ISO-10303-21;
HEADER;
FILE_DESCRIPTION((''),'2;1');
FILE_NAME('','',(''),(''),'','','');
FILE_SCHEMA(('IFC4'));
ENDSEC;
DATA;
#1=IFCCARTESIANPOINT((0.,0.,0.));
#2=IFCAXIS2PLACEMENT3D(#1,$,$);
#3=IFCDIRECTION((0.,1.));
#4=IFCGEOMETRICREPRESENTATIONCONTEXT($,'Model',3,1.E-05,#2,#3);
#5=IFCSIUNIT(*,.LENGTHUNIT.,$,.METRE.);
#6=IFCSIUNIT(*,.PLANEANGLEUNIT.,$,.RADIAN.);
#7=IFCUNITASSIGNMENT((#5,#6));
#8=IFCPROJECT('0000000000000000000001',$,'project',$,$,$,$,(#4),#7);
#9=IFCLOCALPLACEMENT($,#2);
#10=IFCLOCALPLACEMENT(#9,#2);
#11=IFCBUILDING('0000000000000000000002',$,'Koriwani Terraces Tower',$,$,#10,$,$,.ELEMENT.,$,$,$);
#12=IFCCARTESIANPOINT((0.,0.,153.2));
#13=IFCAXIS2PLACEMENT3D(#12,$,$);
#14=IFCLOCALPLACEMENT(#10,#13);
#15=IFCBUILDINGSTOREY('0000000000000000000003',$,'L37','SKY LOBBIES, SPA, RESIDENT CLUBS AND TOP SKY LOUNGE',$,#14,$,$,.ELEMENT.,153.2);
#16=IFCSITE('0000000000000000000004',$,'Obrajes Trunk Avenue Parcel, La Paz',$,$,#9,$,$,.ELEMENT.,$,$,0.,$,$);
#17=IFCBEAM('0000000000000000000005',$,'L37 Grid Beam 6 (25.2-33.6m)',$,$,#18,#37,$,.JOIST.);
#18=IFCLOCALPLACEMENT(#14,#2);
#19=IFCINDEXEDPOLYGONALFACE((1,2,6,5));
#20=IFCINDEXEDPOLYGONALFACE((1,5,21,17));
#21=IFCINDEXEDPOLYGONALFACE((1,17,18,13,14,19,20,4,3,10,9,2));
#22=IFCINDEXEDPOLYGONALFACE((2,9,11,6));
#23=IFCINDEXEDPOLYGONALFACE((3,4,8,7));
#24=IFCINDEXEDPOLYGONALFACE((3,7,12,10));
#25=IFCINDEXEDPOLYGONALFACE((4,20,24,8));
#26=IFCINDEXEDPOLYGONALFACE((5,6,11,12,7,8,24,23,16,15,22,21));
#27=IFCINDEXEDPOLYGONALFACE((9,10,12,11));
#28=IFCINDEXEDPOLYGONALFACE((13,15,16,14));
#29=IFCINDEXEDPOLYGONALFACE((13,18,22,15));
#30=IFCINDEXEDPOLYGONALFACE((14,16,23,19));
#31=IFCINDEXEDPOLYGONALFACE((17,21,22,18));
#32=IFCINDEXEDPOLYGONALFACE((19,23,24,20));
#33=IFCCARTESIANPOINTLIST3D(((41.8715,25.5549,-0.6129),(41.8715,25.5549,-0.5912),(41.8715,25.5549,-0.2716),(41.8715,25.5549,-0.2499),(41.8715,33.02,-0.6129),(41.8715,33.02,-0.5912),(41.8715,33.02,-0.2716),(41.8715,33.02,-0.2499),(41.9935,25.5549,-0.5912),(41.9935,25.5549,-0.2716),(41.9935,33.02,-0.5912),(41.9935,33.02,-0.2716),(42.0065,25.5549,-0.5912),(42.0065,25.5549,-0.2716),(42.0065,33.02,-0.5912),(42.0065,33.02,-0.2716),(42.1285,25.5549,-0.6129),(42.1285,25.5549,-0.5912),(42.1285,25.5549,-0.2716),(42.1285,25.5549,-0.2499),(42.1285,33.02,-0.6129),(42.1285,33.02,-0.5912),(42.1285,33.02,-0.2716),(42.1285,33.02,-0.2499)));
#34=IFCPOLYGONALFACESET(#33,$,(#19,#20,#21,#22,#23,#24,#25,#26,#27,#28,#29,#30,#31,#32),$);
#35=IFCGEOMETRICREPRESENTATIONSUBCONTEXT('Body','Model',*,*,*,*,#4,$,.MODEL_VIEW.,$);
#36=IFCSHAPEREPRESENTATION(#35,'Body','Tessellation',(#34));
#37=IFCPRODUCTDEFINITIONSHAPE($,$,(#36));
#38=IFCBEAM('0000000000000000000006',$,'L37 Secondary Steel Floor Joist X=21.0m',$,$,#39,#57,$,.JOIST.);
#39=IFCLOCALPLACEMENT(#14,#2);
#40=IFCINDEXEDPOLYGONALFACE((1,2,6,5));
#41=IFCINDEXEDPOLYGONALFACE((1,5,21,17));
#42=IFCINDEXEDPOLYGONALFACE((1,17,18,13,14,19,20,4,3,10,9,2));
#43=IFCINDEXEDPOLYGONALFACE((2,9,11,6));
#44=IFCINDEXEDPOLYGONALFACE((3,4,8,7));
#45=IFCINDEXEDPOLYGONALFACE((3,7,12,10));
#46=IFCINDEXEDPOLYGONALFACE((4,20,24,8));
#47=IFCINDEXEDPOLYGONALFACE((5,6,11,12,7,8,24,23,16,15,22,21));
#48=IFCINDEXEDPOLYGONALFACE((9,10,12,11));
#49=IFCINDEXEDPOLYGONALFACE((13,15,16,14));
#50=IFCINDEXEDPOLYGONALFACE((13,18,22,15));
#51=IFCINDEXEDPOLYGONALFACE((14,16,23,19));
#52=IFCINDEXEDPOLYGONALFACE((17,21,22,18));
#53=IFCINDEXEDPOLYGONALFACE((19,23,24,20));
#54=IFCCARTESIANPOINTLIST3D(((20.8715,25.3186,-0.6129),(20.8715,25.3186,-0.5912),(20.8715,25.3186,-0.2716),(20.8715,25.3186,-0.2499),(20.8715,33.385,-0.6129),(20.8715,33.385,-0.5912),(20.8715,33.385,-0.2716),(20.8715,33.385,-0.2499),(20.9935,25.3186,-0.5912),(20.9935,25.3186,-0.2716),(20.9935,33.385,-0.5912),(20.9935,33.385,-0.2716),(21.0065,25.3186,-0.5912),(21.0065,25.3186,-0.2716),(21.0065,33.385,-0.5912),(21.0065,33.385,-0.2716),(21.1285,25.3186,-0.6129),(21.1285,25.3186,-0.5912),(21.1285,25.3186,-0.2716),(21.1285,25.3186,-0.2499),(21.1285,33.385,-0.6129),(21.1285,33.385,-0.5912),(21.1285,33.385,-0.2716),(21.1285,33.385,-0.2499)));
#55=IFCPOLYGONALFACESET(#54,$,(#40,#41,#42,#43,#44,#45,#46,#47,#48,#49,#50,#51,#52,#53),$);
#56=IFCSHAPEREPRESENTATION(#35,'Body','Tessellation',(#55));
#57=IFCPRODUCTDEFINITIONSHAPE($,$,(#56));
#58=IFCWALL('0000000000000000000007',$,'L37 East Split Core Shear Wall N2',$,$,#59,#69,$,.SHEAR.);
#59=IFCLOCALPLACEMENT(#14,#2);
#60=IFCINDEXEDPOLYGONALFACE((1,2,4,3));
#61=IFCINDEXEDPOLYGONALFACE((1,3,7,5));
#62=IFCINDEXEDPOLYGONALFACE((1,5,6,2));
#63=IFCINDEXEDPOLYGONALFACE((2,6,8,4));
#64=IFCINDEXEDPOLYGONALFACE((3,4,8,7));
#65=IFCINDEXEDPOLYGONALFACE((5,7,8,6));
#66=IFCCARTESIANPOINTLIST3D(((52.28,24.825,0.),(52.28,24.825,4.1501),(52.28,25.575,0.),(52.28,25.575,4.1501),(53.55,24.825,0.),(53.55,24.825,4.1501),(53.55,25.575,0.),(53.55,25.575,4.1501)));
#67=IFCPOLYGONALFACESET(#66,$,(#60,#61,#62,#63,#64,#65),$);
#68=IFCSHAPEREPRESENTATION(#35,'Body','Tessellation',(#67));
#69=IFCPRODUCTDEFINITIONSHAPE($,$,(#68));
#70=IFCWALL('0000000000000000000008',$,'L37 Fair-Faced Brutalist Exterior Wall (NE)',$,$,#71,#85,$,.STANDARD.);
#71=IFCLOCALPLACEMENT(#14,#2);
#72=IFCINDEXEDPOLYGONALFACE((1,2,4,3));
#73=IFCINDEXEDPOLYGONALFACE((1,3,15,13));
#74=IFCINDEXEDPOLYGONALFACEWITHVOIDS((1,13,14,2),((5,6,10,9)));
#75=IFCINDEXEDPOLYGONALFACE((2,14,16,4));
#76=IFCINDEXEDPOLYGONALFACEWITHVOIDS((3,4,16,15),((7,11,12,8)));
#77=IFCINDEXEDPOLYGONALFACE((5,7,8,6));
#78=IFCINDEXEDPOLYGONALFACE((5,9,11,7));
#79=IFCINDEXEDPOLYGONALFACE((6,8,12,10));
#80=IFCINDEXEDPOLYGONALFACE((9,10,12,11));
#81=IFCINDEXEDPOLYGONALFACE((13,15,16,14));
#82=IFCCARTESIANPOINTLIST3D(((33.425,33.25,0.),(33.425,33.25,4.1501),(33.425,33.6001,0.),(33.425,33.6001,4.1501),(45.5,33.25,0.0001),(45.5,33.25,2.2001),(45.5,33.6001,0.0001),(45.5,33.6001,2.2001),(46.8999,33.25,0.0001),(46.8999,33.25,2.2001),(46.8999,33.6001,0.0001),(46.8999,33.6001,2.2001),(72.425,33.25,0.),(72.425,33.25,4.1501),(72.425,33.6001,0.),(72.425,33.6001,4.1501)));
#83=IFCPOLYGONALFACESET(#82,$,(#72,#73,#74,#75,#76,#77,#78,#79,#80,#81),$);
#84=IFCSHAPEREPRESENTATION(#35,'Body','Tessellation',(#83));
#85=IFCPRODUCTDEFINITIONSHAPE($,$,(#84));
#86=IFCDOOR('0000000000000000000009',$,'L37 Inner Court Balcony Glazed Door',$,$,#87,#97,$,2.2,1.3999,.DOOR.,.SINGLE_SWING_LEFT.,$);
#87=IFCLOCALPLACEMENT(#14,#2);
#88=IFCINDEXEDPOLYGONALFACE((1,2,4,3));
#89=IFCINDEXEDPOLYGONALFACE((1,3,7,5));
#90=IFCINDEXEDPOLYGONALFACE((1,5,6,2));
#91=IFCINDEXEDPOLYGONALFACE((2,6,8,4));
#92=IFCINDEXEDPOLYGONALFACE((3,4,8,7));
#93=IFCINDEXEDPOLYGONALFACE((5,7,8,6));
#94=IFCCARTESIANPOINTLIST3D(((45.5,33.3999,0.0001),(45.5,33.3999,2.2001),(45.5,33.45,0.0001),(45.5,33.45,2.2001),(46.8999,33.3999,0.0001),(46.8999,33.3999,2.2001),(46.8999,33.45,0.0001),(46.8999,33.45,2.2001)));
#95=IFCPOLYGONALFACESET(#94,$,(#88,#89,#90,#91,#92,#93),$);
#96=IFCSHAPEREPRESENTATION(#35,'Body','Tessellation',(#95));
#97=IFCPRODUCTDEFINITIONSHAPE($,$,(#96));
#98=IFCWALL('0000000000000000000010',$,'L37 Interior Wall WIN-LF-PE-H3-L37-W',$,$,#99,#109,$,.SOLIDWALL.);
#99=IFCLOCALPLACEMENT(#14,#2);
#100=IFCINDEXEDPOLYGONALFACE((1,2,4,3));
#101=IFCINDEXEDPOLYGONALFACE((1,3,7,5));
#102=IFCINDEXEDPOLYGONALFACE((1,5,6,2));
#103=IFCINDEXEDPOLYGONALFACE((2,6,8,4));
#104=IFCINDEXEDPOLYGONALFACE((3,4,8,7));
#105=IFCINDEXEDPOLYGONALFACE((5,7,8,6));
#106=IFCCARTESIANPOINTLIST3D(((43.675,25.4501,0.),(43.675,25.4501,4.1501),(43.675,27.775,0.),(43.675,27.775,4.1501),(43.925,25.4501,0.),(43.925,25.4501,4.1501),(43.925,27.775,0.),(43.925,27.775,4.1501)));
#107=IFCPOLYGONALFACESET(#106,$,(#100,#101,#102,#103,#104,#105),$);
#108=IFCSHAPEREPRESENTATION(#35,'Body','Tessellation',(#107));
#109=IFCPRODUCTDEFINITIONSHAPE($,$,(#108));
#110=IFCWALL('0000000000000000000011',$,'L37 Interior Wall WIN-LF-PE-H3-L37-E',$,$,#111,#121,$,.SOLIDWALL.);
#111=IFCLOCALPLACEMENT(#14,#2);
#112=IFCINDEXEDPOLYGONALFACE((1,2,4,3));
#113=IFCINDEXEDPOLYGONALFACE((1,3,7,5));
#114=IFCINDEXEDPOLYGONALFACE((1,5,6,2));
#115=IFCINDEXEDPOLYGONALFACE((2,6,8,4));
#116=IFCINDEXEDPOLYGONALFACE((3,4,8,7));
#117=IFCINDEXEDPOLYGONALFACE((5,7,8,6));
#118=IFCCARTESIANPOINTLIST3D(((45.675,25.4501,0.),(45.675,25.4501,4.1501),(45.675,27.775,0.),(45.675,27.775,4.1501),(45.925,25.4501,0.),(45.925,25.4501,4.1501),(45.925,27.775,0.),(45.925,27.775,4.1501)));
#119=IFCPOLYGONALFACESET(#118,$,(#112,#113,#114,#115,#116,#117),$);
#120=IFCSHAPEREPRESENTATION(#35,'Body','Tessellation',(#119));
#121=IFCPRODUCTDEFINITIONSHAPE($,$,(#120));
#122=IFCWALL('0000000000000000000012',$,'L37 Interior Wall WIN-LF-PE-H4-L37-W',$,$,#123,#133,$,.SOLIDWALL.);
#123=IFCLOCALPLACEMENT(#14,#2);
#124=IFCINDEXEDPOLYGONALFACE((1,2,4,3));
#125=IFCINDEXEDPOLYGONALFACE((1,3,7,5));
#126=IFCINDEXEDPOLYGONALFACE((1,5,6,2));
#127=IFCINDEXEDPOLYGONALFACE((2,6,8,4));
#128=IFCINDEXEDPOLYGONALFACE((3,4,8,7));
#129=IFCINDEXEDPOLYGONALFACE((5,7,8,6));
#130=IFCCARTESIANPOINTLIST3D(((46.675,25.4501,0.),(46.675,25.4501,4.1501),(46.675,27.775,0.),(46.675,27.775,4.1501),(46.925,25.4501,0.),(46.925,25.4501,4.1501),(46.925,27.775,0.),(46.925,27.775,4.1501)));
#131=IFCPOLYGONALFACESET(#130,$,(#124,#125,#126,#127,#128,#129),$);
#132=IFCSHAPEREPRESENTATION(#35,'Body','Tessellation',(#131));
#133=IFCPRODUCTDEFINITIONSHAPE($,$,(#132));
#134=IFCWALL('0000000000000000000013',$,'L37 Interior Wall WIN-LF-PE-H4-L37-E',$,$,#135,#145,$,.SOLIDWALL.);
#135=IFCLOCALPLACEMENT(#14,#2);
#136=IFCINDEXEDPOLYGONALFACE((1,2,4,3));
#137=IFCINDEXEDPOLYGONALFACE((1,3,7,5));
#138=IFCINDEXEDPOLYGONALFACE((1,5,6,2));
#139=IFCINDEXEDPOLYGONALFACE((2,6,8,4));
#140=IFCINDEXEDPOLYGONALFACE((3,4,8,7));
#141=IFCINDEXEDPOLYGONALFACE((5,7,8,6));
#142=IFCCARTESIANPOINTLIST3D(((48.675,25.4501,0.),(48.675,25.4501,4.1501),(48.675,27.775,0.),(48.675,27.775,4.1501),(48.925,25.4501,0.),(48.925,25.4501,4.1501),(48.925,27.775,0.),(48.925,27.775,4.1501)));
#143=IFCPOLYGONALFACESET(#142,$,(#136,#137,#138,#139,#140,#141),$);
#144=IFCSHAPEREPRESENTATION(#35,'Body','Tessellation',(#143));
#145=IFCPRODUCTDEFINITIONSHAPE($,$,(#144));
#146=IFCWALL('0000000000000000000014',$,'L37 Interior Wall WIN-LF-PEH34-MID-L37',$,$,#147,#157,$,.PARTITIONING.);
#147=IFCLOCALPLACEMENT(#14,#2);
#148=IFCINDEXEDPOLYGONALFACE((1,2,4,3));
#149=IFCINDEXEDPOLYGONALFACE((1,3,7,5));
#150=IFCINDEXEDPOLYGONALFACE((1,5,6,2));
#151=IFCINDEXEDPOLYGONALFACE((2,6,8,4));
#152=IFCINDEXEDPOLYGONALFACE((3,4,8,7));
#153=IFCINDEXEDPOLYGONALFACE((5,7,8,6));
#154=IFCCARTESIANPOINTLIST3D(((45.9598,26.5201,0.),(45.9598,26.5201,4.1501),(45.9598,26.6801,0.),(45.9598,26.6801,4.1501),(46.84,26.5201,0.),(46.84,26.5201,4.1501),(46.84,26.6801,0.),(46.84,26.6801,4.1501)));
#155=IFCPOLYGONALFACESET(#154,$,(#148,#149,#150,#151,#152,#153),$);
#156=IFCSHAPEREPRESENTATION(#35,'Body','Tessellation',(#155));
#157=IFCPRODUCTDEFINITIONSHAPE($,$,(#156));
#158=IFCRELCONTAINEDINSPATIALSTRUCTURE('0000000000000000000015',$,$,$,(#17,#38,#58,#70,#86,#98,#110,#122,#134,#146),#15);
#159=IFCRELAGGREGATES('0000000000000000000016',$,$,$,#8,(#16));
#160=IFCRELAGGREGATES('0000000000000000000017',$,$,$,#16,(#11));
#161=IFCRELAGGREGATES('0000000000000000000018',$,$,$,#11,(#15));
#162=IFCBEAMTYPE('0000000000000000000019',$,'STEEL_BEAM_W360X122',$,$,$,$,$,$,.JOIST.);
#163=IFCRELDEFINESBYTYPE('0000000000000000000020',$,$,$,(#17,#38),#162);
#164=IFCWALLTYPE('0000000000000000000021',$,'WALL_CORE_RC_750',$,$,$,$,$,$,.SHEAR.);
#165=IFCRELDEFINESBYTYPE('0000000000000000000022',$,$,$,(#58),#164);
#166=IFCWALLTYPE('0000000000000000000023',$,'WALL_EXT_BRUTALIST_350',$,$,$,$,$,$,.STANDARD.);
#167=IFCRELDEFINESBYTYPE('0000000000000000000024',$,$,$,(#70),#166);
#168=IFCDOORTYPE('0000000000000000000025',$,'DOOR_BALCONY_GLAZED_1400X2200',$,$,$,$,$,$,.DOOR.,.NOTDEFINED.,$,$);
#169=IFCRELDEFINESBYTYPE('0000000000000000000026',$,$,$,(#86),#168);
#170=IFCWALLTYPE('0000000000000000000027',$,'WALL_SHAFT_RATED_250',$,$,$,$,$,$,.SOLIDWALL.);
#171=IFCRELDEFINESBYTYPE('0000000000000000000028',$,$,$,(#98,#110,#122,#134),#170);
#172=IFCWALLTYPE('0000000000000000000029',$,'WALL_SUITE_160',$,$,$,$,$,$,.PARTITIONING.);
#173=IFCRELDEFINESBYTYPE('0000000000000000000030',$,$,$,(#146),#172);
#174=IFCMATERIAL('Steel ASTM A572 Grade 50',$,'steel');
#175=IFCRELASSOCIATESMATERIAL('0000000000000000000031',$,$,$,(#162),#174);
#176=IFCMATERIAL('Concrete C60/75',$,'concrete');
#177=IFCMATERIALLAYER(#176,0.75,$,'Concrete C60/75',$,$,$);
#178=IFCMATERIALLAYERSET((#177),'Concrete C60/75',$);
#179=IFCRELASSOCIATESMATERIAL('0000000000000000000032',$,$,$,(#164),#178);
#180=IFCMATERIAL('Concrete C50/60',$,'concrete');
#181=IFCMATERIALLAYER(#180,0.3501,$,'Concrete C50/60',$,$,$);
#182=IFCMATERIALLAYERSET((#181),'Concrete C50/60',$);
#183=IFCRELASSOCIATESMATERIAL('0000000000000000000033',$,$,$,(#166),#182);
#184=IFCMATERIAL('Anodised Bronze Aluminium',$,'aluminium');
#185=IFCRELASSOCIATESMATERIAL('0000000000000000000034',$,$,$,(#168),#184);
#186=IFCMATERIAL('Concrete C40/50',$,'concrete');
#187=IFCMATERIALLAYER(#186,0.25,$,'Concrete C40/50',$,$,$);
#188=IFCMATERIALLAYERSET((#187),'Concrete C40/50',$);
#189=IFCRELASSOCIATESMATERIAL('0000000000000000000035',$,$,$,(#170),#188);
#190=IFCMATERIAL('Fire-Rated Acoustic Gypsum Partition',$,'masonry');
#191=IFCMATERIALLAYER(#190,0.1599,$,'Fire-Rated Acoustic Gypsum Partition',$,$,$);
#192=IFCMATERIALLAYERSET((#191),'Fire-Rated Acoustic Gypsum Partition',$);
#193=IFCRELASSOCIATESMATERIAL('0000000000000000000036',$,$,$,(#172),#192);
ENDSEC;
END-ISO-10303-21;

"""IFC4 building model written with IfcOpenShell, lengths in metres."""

from ifc_helpers import new_model, si_unit, direction, frame, frame_2d, origin, origin_2d, place, context, subcontext, project, spatial, rectangle, i_section, extrude, material, layer, layer_set, material_profile, profile_set, type_object, element, fill, save


model = new_model("IFC4")

# Units and contexts
model_context = context("Model", 3, precision=1e-05, world=origin(), true_north=direction((0.0, 1.0)))
body_context = subcontext(model_context, "Body", "Model", "MODEL_VIEW")
ifc_project = project(units=[si_unit("LENGTHUNIT", "METRE"), si_unit("PLANEANGLEUNIT", "RADIAN")], contexts=[model_context])

# Site, building, storey
site_placement = place(None, origin())
site = spatial("IfcSite", under=ifc_project, at=site_placement, Name="Obrajes Trunk Avenue Parcel, La Paz", CompositionType="ELEMENT", RefElevation=0.0)
building_placement = place(site_placement, origin())
building = spatial("IfcBuilding", under=site, at=building_placement, Name="Koriwani Terraces Tower", CompositionType="ELEMENT")
storey_placement = place(building_placement, frame((0.0, 0.0, 153.2)))
storey = spatial("IfcBuildingStorey", under=building, at=storey_placement, Name="L37", Description="SKY LOBBIES, SPA, RESIDENT CLUBS AND TOP SKY LOUNGE", CompositionType="ELEMENT", Elevation=153.2)

# Shared definitions
ifc_material_1 = material(Name="Concrete C50/60", Category="concrete")

# Beams
ifc_material_2 = material(Name="Concrete C60/75", Category="concrete")
ifc_material_3 = material(Name="Steel ASTM A572 Grade 50", Category="steel")
ifc_material_profile_1 = material_profile(ifc_material_3, i_section(OverallWidth=0.2571, OverallDepth=0.363, WebThickness=0.0129, FlangeThickness=0.0217, at=origin_2d()), Name="Steel ASTM A572 Grade 50", Category="LoadBearing")
ifc_profile_set_1 = profile_set([ifc_material_profile_1], Name="Steel ASTM A572 Grade 50")
beam_type_1 = type_object("IfcBeamType", Name="STEEL_BEAM_W360X122", PredefinedType="JOIST", material=ifc_profile_set_1)
beam_1_placement = place(storey_placement, frame((42.0, 25.5549, -0.4314), z_axis=(0.0, 1.0, 0.0), x_axis=(-1.0, 0.0, 0.0)))
element("IfcBeam", 1, at=beam_1_placement, inside=storey, type_object=beam_type_1, Name="L37 Grid Beam 6 (25.2-33.6m)", PredefinedType="JOIST", context=body_context, shape_type="SweptSolid", body=[
    extrude(i_section(OverallWidth=0.2571, OverallDepth=0.363, WebThickness=0.0129, FlangeThickness=0.0217, at=origin_2d()), origin(), (0.0, 0.0, 1.0), 7.4651),
])
beam_2_placement = place(storey_placement, frame((21.0, 25.3186, -0.4314), z_axis=(0.0, 1.0, 0.0), x_axis=(-1.0, 0.0, 0.0)))
element("IfcBeam", 2, at=beam_2_placement, inside=storey, type_object=beam_type_1, Name="L37 Secondary Steel Floor Joist X=21.0m", PredefinedType="JOIST", context=body_context, shape_type="SweptSolid", body=[
    extrude(i_section(OverallWidth=0.2571, OverallDepth=0.363, WebThickness=0.0129, FlangeThickness=0.0217, at=origin_2d()), origin(), (0.0, 0.0, 1.0), 8.0664),
])

# Wall
ifc_layer_1 = layer(ifc_material_2, 0.75, Name="Concrete C60/75")
ifc_layer_set_1 = layer_set([ifc_layer_1], Name="Concrete C60/75")
wall_type_1 = type_object("IfcWallType", Name="WALL_CORE_RC_750", PredefinedType="SHEAR", material=ifc_layer_set_1)
wall_1_placement = place(storey_placement, frame((52.28, 25.2, 0.0), z_axis=(0.0, 0.0, 1.0), x_axis=(1.0, 0.0, 0.0)))
element("IfcWall", 3, at=wall_1_placement, inside=storey, type_object=wall_type_1, Name="L37 East Split Core Shear Wall N2", PredefinedType="SHEAR", context=body_context, shape_type="SweptSolid", body=[
    extrude(rectangle(XDim=1.27, YDim=0.75, at=frame_2d((0.635, 0.0))), origin(), (0.0, 0.0, 1.0), 4.1501),
])

# Wall, opening, door
ifc_layer_2 = layer(ifc_material_1, 0.3501, Name="Concrete C50/60")
ifc_layer_set_2 = layer_set([ifc_layer_2], Name="Concrete C50/60")
wall_type_2 = type_object("IfcWallType", Name="WALL_EXT_BRUTALIST_350", PredefinedType="STANDARD", material=ifc_layer_set_2)
wall_2_placement = place(storey_placement, frame((33.425, 33.425, 0.0), z_axis=(0.0, 0.0, 1.0), x_axis=(1.0, 0.0, 0.0)))
wall_2 = element("IfcWall", 4, at=wall_2_placement, inside=storey, type_object=wall_type_2, Name="L37 Fair-Faced Brutalist Exterior Wall (NE)", PredefinedType="STANDARD", context=body_context, shape_type="SweptSolid", body=[
    extrude(rectangle(XDim=39.0, YDim=0.3501, at=frame_2d((19.5, 0.0))), origin(), (0.0, 0.0, 1.0), 4.1501),
])
opening_1_placement = place(wall_2_placement, frame((12.075, 0.0, 0.0)))
opening_1 = element("IfcOpeningElement", 5, at=opening_1_placement, cuts=wall_2, PredefinedType="OPENING", context=body_context, shape_type="SweptSolid", body=[
    extrude(rectangle(XDim=1.3999, YDim=2.2, at=frame_2d((0.7, 1.1001))), frame((0.0, 0.1851, 0.0), z_axis=(0.0, -1.0, 0.0), x_axis=(1.0, 0.0, 0.0)), (0.0, 0.0, 1.0), 0.3701),
])
ifc_material_4 = material(Name="Anodised Bronze Aluminium", Category="aluminium")
door_type_1 = type_object("IfcDoorType", Name="DOOR_BALCONY_GLAZED_1400X2200", OperationType="NOTDEFINED", PredefinedType="DOOR", material=ifc_material_4)
door_1_placement = place(opening_1_placement, origin())
door_1 = element("IfcDoor", 6, at=door_1_placement, inside=storey, type_object=door_type_1, Name="L37 Inner Court Balcony Glazed Door", OperationType="SINGLE_SWING_LEFT", OverallHeight=2.2, OverallWidth=1.3999, PredefinedType="DOOR", context=body_context, shape_type="SweptSolid", body=[
    extrude(rectangle(XDim=1.3999, YDim=2.2, at=frame_2d((0.7, 1.1001))), frame((0.0, 0.0249, 0.0), z_axis=(0.0, -1.0, 0.0), x_axis=(1.0, 0.0, 0.0)), (0.0, 0.0, 1.0), 0.05),
])
fill(opening_1, door_1)
ifc_material_5 = material(Name="Concrete C40/50", Category="concrete")
ifc_layer_3 = layer(ifc_material_5, 0.25, Name="Concrete C40/50")
ifc_layer_set_3 = layer_set([ifc_layer_3], Name="Concrete C40/50")
wall_type_3 = type_object("IfcWallType", Name="WALL_SHAFT_RATED_250", PredefinedType="SOLIDWALL", material=ifc_layer_set_3)

# Walls
for number, where, z_axis, x_axis, name in (
    (7, (43.8, 25.45, 0.0), (0.0, 0.0, 1.0), (0.0, 1.0, 0.0), "L37 Interior Wall WIN-LF-PE-H3-L37-W"),
    (8, (45.8, 25.45, 0.0), (0.0, 0.0, 1.0), (0.0, 1.0, 0.0), "L37 Interior Wall WIN-LF-PE-H3-L37-E"),
):
    element("IfcWall", number, at=place(storey_placement, frame(where, z_axis=z_axis, x_axis=x_axis)), inside=storey, type_object=wall_type_3, Name=name, PredefinedType="SOLIDWALL", context=body_context, shape_type="SweptSolid", body=[
        extrude(rectangle(XDim=2.325, YDim=0.25, at=frame_2d((1.1626, 0.0))), origin(), (0.0, 0.0, 1.0), 4.1501),
    ])

# Walls
for number, where, z_axis, x_axis, name in (
    (9, (46.8, 25.45, 0.0), (0.0, 0.0, 1.0), (0.0, 1.0, 0.0), "L37 Interior Wall WIN-LF-PE-H4-L37-W"),
    (10, (48.8, 25.45, 0.0), (0.0, 0.0, 1.0), (0.0, 1.0, 0.0), "L37 Interior Wall WIN-LF-PE-H4-L37-E"),
):
    element("IfcWall", number, at=place(storey_placement, frame(where, z_axis=z_axis, x_axis=x_axis)), inside=storey, type_object=wall_type_3, Name=name, PredefinedType="SOLIDWALL", context=body_context, shape_type="SweptSolid", body=[
        extrude(rectangle(XDim=2.325, YDim=0.25, at=frame_2d((1.1626, 0.0))), origin(), (0.0, 0.0, 1.0), 4.1501),
    ])
ifc_material_6 = material(Name="Fire-Rated Acoustic Gypsum Partition", Category="masonry")
ifc_layer_4 = layer(ifc_material_6, 0.1599, Name="Fire-Rated Acoustic Gypsum Partition")
ifc_layer_set_4 = layer_set([ifc_layer_4], Name="Fire-Rated Acoustic Gypsum Partition")
wall_type_4 = type_object("IfcWallType", Name="WALL_SUITE_160", PredefinedType="PARTITIONING", material=ifc_layer_set_4)
wall_3_placement = place(storey_placement, frame((45.96, 26.6001, 0.0), z_axis=(0.0, 0.0, 1.0), x_axis=(1.0, 0.0, 0.0)))
element("IfcWall", 11, at=wall_3_placement, inside=storey, type_object=wall_type_4, Name="L37 Interior Wall WIN-LF-PEH34-MID-L37", PredefinedType="PARTITIONING", context=body_context, shape_type="SweptSolid", body=[
    extrude(rectangle(XDim=0.8801, YDim=0.1599, at=frame_2d((0.4399, 0.0))), origin(), (0.0, 0.0, 1.0), 4.1501),
])

save(model, "model.ifc")
